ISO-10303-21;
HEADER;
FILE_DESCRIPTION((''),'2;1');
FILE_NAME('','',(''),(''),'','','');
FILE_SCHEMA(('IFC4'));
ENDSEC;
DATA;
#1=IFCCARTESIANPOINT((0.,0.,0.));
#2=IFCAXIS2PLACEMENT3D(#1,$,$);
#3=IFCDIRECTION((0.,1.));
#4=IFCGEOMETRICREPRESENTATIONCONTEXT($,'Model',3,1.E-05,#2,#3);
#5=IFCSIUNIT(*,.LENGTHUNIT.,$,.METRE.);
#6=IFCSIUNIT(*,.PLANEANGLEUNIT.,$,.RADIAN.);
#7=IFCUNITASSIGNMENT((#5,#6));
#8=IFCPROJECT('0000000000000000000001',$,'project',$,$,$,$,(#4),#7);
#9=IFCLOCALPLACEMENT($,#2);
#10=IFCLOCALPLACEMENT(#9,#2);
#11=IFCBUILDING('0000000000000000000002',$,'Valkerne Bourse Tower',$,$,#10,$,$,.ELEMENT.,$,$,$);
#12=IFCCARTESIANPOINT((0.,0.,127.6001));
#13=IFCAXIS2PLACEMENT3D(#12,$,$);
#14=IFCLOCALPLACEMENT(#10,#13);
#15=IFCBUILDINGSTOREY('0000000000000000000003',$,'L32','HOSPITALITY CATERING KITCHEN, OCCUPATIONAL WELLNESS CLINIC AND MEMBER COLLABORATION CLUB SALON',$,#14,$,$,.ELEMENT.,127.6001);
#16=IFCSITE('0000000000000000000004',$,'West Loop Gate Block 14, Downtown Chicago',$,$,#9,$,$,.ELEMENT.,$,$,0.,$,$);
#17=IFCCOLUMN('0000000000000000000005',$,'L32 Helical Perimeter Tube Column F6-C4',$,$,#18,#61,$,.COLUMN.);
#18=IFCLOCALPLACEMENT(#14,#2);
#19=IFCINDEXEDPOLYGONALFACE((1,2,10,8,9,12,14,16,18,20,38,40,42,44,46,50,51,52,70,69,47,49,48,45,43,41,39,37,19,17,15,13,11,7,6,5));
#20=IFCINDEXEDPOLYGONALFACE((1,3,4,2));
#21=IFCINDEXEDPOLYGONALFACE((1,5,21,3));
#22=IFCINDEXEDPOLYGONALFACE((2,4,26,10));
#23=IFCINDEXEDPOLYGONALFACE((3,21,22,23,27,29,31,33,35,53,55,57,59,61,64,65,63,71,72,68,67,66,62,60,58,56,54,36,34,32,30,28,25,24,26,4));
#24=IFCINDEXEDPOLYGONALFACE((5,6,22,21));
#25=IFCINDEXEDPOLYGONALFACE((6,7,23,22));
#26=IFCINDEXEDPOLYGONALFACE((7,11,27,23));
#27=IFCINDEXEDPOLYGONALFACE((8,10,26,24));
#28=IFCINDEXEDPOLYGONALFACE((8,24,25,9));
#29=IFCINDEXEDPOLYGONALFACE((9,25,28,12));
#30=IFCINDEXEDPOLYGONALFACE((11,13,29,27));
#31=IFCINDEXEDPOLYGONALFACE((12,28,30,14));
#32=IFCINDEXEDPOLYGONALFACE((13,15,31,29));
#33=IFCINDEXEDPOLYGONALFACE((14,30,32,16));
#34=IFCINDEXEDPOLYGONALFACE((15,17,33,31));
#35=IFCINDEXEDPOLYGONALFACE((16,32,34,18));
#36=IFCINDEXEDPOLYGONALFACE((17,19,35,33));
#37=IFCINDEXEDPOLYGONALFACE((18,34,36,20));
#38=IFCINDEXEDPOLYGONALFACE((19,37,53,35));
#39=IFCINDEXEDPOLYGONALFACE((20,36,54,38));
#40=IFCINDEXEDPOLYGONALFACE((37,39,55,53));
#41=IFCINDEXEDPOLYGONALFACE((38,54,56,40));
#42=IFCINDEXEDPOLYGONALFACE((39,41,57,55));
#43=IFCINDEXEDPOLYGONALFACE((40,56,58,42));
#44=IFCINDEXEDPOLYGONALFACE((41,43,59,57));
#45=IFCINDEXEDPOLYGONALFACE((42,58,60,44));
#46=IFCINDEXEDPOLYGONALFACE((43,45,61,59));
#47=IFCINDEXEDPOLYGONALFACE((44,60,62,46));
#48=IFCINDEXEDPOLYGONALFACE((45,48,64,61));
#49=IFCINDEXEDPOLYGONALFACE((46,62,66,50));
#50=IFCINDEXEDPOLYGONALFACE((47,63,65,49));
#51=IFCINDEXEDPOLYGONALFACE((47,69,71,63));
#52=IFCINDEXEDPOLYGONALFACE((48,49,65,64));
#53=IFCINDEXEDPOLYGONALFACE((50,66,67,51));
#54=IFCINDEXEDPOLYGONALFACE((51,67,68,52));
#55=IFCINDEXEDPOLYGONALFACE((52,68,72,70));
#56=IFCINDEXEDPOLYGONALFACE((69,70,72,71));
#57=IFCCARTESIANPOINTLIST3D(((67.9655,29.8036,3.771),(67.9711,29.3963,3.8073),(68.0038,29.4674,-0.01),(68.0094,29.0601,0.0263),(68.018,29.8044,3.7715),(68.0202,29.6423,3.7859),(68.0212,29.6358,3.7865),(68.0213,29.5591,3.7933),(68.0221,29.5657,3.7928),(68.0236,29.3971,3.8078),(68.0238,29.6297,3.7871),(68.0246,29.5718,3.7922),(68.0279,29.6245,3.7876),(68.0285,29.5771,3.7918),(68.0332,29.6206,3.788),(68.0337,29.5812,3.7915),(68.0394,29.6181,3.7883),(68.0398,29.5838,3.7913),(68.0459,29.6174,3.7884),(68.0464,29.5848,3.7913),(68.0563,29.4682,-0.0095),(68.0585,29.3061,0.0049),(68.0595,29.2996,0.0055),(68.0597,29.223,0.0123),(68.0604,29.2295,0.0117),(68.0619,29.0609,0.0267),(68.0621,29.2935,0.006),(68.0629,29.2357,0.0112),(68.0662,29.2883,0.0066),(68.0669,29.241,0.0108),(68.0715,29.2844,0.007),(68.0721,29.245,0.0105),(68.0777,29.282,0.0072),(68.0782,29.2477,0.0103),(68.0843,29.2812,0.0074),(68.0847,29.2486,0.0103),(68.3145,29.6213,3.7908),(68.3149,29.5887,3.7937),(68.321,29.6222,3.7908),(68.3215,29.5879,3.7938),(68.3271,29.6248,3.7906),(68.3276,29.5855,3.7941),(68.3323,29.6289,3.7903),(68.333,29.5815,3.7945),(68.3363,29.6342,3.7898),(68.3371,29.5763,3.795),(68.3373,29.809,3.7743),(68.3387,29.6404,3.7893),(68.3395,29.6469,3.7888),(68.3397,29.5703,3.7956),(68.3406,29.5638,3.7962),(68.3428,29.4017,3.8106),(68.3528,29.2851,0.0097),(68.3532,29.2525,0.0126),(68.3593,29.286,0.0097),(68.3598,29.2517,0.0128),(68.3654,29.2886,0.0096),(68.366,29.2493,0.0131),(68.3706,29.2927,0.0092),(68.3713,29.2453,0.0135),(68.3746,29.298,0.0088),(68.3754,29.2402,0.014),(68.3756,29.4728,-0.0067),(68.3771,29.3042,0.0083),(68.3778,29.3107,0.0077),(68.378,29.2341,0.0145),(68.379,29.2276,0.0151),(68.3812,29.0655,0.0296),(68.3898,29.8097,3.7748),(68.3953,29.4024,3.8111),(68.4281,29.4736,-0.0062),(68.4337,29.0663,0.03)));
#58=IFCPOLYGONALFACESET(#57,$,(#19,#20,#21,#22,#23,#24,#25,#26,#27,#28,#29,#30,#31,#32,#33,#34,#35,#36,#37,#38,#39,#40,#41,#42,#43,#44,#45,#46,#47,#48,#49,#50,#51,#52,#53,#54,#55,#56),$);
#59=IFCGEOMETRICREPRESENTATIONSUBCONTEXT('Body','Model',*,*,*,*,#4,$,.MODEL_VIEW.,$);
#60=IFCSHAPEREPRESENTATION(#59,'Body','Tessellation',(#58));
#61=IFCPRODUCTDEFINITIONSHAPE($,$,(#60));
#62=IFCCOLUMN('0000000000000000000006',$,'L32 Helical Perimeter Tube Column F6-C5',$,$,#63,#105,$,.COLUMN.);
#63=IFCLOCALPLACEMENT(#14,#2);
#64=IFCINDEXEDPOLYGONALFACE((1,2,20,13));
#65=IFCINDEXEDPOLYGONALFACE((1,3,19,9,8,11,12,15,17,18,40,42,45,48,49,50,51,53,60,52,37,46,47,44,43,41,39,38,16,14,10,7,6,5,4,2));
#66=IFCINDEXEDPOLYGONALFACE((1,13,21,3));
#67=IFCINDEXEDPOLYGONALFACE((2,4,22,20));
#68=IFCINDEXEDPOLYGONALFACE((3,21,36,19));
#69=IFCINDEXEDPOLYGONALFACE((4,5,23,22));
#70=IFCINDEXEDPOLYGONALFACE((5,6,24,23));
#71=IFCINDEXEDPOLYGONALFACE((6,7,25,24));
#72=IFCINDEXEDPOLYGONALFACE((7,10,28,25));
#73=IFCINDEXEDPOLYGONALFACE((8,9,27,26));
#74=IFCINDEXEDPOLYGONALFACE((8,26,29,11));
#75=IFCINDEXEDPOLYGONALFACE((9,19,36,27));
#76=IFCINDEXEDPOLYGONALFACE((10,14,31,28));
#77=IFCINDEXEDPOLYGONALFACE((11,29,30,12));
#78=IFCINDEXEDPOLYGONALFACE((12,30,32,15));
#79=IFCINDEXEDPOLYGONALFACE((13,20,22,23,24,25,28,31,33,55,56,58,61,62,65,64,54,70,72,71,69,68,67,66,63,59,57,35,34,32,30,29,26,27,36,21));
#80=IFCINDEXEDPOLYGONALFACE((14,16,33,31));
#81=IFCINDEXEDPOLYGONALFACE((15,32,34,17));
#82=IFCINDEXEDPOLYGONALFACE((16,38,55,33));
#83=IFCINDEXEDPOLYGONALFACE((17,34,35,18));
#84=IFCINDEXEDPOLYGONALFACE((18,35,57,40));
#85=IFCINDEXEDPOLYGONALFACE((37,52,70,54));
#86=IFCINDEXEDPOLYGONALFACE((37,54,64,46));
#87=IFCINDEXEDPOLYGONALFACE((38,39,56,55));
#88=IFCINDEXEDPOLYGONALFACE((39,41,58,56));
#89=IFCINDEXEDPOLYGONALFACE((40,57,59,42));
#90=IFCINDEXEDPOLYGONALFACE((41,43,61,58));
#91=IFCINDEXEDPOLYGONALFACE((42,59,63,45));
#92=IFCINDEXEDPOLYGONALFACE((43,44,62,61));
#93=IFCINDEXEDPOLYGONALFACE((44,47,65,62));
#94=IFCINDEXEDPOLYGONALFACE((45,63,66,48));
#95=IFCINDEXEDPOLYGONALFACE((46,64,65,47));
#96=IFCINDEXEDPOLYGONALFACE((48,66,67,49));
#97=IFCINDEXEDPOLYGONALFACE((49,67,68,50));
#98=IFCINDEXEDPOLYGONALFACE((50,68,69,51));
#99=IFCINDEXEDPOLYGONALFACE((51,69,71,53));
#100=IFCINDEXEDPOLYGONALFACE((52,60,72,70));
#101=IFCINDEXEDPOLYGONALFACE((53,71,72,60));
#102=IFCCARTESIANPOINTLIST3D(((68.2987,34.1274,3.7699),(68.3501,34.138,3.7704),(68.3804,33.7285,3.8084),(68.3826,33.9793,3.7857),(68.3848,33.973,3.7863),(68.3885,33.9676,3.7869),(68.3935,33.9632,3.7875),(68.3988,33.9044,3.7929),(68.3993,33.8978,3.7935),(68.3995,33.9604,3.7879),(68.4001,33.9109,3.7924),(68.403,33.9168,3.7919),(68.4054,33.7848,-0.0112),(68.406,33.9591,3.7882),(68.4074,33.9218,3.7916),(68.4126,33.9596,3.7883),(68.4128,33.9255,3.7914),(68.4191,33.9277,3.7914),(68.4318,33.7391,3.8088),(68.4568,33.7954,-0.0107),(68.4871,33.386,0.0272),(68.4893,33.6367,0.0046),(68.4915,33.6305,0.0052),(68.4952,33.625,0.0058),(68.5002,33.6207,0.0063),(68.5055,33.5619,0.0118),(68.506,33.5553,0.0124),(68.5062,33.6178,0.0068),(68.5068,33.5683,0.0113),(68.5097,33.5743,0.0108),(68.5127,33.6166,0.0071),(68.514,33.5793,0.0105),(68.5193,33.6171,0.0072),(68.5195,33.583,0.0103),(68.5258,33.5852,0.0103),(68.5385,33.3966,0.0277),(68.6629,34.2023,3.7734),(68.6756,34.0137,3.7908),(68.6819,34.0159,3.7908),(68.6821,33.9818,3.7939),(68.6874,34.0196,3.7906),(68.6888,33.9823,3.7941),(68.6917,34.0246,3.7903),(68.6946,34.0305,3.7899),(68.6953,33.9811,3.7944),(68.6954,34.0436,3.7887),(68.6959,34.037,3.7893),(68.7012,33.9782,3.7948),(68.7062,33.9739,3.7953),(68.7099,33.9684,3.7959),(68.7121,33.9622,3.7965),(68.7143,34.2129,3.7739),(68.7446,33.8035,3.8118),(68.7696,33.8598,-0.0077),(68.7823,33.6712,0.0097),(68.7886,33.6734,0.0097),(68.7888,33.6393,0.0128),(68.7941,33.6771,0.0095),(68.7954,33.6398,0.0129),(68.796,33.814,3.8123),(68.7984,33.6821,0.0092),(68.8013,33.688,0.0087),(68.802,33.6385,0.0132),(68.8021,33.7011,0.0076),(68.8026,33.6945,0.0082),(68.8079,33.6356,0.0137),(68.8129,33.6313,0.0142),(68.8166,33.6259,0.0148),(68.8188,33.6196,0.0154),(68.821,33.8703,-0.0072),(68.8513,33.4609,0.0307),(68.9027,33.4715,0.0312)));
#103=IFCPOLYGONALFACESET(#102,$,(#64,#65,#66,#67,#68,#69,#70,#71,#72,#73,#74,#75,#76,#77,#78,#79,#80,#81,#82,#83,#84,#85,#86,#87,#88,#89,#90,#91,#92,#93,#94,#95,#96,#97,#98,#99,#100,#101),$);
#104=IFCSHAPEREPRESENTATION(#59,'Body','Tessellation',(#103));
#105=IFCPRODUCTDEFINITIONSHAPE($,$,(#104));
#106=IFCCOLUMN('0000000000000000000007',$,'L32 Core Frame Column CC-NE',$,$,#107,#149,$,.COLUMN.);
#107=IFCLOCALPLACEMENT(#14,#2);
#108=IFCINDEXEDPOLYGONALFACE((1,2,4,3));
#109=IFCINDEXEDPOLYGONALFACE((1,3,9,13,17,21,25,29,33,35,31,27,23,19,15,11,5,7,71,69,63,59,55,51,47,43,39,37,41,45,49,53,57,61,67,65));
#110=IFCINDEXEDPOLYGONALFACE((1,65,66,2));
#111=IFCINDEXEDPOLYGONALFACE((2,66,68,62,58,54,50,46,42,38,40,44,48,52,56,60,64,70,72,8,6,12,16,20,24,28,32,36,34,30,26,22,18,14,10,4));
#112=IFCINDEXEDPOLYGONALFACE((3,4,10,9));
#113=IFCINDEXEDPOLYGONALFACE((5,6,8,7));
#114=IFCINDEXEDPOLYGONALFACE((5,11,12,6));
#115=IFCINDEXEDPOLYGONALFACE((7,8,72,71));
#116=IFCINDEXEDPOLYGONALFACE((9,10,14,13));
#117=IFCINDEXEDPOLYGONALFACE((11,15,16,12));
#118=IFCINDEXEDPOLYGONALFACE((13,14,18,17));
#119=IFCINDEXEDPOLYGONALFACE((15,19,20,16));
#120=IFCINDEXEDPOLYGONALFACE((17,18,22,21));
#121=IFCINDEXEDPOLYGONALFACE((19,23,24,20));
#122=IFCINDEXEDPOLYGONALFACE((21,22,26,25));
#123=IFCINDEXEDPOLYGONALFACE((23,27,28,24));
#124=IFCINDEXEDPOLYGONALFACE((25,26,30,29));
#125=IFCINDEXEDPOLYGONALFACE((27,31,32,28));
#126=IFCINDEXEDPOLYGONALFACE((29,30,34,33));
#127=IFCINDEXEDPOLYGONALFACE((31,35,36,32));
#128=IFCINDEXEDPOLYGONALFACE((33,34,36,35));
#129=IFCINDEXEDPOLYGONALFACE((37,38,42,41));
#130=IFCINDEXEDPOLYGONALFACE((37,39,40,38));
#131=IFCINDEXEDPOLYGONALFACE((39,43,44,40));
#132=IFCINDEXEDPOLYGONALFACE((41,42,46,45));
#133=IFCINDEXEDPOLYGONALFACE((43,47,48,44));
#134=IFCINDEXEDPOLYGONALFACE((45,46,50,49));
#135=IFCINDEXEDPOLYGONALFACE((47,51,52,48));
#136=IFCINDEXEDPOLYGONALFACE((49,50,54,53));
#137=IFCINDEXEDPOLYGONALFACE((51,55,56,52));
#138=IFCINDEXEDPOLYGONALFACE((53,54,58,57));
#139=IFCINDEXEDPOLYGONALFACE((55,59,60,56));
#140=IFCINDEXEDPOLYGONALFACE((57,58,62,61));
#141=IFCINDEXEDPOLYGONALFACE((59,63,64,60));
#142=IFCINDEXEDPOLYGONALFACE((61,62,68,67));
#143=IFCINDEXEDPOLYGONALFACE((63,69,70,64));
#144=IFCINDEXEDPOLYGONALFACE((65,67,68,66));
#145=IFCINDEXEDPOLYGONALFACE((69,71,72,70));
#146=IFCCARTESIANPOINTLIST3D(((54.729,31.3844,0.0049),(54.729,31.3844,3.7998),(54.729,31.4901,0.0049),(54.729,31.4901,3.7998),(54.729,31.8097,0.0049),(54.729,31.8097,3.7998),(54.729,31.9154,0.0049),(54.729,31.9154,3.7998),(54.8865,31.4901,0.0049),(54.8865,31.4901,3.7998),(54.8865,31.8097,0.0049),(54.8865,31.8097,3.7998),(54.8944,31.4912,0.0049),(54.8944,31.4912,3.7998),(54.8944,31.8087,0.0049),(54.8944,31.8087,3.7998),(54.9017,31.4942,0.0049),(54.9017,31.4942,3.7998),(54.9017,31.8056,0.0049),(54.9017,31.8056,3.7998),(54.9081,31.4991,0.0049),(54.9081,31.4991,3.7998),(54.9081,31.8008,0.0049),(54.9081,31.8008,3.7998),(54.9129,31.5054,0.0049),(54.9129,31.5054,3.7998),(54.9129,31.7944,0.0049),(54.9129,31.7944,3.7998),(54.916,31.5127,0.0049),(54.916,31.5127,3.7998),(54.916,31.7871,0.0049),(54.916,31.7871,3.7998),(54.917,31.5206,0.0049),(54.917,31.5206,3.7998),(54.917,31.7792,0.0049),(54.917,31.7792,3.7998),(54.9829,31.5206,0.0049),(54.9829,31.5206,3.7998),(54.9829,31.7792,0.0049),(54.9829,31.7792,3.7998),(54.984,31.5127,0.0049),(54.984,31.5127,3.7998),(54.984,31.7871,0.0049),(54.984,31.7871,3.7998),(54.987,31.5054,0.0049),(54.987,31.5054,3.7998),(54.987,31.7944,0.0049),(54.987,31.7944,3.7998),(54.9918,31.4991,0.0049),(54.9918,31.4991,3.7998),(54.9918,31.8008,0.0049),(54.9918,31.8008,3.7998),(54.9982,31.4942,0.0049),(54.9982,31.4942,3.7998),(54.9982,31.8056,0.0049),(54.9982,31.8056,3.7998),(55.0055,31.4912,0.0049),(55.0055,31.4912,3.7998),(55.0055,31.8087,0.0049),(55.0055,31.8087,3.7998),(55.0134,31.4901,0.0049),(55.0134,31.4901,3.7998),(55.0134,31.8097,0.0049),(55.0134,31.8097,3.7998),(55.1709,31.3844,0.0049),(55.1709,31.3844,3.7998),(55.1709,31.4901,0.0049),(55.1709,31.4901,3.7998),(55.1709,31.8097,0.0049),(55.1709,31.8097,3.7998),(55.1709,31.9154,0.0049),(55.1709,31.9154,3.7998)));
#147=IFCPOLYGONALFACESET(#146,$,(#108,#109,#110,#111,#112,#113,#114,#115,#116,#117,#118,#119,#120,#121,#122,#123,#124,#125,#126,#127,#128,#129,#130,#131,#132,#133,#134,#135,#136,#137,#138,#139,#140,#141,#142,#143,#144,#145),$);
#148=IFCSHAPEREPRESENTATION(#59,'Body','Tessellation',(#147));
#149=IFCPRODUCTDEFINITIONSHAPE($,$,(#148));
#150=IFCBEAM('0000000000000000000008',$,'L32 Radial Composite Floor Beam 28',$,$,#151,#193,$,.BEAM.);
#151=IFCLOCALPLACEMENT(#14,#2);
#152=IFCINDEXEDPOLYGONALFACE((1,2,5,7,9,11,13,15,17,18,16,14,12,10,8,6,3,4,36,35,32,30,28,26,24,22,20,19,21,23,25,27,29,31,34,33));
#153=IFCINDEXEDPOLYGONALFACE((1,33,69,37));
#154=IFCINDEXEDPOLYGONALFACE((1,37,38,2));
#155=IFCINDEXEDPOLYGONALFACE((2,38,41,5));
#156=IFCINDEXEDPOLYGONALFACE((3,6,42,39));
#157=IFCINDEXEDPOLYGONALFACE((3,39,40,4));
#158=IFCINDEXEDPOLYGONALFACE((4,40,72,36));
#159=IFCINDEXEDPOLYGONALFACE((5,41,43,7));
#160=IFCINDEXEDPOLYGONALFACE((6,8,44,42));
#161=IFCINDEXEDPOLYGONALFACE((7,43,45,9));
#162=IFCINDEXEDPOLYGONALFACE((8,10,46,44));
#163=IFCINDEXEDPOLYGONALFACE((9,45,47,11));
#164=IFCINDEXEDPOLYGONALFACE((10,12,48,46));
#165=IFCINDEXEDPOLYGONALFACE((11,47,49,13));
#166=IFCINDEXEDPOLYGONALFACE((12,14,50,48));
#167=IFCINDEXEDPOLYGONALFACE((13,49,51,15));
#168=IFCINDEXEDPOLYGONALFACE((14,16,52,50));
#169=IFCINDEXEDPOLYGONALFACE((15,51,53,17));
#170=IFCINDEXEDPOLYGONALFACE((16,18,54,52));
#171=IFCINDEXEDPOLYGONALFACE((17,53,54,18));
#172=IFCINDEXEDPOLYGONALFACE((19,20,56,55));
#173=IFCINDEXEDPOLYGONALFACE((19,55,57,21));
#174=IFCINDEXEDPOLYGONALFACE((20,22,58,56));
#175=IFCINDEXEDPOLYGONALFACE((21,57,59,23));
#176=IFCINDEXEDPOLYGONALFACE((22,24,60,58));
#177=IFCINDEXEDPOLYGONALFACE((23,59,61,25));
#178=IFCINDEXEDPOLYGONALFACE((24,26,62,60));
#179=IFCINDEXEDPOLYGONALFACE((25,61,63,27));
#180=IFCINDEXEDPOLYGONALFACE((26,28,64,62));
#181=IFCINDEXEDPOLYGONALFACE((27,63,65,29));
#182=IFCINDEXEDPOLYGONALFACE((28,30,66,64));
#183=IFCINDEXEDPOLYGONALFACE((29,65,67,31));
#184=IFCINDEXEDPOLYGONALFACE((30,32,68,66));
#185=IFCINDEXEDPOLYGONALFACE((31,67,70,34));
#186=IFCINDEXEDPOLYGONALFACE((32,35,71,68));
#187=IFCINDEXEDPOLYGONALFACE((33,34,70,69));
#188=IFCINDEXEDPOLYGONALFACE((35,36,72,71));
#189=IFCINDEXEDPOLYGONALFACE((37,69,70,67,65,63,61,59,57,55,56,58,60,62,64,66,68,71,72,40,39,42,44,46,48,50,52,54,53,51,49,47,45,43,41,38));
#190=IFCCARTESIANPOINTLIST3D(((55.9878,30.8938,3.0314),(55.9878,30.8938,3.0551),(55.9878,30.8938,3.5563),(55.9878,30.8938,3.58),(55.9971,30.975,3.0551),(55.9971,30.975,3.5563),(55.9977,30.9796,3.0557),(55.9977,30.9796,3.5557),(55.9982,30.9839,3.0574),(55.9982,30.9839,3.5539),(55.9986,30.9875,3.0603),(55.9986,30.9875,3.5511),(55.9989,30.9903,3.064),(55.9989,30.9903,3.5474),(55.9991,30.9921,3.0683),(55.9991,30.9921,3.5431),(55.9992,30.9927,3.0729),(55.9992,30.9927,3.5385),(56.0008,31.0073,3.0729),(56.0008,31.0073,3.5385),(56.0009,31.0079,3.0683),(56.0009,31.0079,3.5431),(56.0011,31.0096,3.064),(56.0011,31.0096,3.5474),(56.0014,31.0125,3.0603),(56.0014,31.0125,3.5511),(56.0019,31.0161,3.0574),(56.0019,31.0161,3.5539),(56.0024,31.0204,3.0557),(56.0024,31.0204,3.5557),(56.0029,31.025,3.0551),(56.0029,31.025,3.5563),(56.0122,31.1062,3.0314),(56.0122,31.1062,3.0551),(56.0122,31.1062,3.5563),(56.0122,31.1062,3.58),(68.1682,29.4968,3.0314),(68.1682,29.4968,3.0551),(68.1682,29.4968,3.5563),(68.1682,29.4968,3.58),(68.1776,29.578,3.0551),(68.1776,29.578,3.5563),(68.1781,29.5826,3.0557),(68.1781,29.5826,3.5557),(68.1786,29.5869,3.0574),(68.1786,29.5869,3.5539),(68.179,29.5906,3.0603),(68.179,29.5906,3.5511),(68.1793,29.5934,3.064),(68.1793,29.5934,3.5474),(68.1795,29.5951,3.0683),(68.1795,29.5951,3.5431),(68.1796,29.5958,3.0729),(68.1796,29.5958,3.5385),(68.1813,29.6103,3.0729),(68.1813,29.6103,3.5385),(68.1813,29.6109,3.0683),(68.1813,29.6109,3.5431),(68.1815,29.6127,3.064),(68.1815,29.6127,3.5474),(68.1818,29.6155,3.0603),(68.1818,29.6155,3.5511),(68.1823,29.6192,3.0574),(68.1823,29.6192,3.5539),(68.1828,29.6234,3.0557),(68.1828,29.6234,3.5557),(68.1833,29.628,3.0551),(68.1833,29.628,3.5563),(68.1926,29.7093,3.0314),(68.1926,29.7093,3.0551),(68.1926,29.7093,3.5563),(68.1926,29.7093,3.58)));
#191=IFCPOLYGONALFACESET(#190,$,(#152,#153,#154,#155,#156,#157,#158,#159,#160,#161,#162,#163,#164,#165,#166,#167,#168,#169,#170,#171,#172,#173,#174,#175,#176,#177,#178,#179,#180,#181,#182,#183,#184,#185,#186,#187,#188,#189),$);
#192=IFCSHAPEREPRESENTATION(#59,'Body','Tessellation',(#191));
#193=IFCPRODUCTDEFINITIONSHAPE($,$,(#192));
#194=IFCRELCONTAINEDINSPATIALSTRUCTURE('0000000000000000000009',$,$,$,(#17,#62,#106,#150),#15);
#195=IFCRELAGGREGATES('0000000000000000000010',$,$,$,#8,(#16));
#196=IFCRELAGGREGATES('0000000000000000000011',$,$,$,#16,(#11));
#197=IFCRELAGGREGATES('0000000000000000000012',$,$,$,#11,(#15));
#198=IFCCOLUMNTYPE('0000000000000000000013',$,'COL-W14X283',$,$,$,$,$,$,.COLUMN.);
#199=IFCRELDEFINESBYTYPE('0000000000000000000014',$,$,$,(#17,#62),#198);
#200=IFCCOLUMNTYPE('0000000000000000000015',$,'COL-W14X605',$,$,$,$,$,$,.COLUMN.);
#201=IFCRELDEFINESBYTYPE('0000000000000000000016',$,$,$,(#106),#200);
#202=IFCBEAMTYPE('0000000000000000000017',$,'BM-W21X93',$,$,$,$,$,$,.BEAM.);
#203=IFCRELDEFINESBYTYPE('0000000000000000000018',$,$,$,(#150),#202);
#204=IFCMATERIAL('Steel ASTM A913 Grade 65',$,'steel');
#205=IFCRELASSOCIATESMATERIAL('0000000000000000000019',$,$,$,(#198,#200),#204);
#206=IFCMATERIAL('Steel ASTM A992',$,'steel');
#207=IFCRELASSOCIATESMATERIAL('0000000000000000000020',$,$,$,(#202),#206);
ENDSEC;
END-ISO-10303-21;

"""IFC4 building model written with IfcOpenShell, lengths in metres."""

from ifc_helpers import new_model, si_unit, direction, frame, origin, origin_2d, place, context, subcontext, project, spatial, i_section, extrude, material, material_profile, profile_set, type_object, element, save


model = new_model("IFC4")

# Units and contexts
model_context = context("Model", 3, precision=1e-05, world=origin(), true_north=direction((0.0, 1.0)))
body_context = subcontext(model_context, "Body", "Model", "MODEL_VIEW")
ifc_project = project(units=[si_unit("LENGTHUNIT", "METRE"), si_unit("PLANEANGLEUNIT", "RADIAN")], contexts=[model_context])

# Site, building, storey
site_placement = place(None, origin())
site = spatial("IfcSite", under=ifc_project, at=site_placement, Name="West Loop Gate Block 14, Downtown Chicago", CompositionType="ELEMENT", RefElevation=0.0)
building_placement = place(site_placement, origin())
building = spatial("IfcBuilding", under=site, at=building_placement, Name="Valkerne Bourse Tower", CompositionType="ELEMENT")
storey_placement = place(building_placement, frame((0.0, 0.0, 127.6001)))
storey = spatial("IfcBuildingStorey", under=building, at=storey_placement, Name="L32", Description="HOSPITALITY CATERING KITCHEN, OCCUPATIONAL WELLNESS CLINIC AND MEMBER COLLABORATION CLUB SALON", CompositionType="ELEMENT", Elevation=127.6001)

# Columns
ifc_material_1 = material(Name="Steel ASTM A913 Grade 65", Category="steel")
ifc_material_profile_1 = material_profile(ifc_material_1, i_section(OverallWidth=0.4089, OverallDepth=0.4243, WebThickness=0.0327, FlangeThickness=0.0525, FilletRadius=0.0254, at=origin_2d()), Name="W14X283")
ifc_profile_set_1 = profile_set([ifc_material_profile_1], Name="Steel ASTM A913 Grade 65")
column_type_1 = type_object("IfcColumnType", Name="COL-W14X283", PredefinedType="COLUMN", material=ifc_profile_set_1)
column_1_placement = place(storey_placement, frame((68.2188, 29.2668, 0.01), z_axis=(-0.010097, 0.088559, 0.99602), x_axis=(0.013593, -0.995966, 0.088692)))
element("IfcColumn", 1, at=column_1_placement, inside=storey, type_object=column_type_1, Name="L32 Helical Perimeter Tube Column F6-C4", PredefinedType="COLUMN", context=body_context, shape_type="SweptSolid", body=[
    extrude(i_section(OverallWidth=0.4089, OverallDepth=0.4243, WebThickness=0.0327, FlangeThickness=0.0525, FilletRadius=0.0254, at=origin_2d()), origin(), (0.0, 0.0, 1.0), 3.7961),
])
column_2_placement = place(storey_placement, frame((68.6541, 33.6282, 0.01), z_axis=(-0.028091, 0.090187, 0.995529), x_axis=(0.199764, -0.975325, 0.093994)))
element("IfcColumn", 2, at=column_2_placement, inside=storey, type_object=column_type_1, Name="L32 Helical Perimeter Tube Column F6-C5", PredefinedType="COLUMN", context=body_context, shape_type="SweptSolid", body=[
    extrude(i_section(OverallWidth=0.4089, OverallDepth=0.4243, WebThickness=0.0327, FlangeThickness=0.0525, FilletRadius=0.0254, at=origin_2d()), origin(), (0.0, 0.0, 1.0), 3.7981),
])
ifc_material_profile_2 = material_profile(ifc_material_1, i_section(OverallWidth=0.4419, OverallDepth=0.531, WebThickness=0.0659, FlangeThickness=0.1057, FilletRadius=0.0305, at=origin_2d()), Name="W14X605")
ifc_profile_set_2 = profile_set([ifc_material_profile_2], Name="Steel ASTM A913 Grade 65")
column_type_2 = type_object("IfcColumnType", Name="COL-W14X605", PredefinedType="COLUMN", material=ifc_profile_set_2)
column_3_placement = place(storey_placement, frame((54.95, 31.6499, 0.0049), z_axis=(0.0, 0.0, 1.0), x_axis=(1.0, 0.0, 0.0)))
element("IfcColumn", 3, at=column_3_placement, inside=storey, type_object=column_type_2, Name="L32 Core Frame Column CC-NE", PredefinedType="COLUMN", context=body_context, shape_type="SweptSolid", body=[
    extrude(i_section(OverallWidth=0.4419, OverallDepth=0.531, WebThickness=0.0659, FlangeThickness=0.1057, FilletRadius=0.0305, at=origin_2d()), origin(), (0.0, 0.0, 1.0), 3.7949),
])

# Beam
ifc_material_2 = material(Name="Steel ASTM A992", Category="steel")
ifc_material_profile_3 = material_profile(ifc_material_2, i_section(OverallWidth=0.2139, OverallDepth=0.5486, WebThickness=0.0146, FlangeThickness=0.0237, FilletRadius=0.0178, at=origin_2d()), Name="W21X93")
ifc_profile_set_3 = profile_set([ifc_material_profile_3], Name="Steel ASTM A992")
beam_type_1 = type_object("IfcBeamType", Name="BM-W21X93", PredefinedType="BEAM", material=ifc_profile_set_3)
beam_1_placement = place(storey_placement, frame((68.1804, 29.603, 3.3057), z_axis=(-0.993487, 0.113943, 0.0), x_axis=(-0.113943, -0.993487, 0.0)))
element("IfcBeam", 4, at=beam_1_placement, inside=storey, type_object=beam_type_1, Name="L32 Radial Composite Floor Beam 28", PredefinedType="BEAM", context=body_context, shape_type="SweptSolid", body=[
    extrude(i_section(OverallWidth=0.2139, OverallDepth=0.5486, WebThickness=0.0146, FlangeThickness=0.0237, FilletRadius=0.0178, at=origin_2d()), origin(), (0.0, 0.0, 1.0), 12.2603),
])

save(model, "model.ifc")
